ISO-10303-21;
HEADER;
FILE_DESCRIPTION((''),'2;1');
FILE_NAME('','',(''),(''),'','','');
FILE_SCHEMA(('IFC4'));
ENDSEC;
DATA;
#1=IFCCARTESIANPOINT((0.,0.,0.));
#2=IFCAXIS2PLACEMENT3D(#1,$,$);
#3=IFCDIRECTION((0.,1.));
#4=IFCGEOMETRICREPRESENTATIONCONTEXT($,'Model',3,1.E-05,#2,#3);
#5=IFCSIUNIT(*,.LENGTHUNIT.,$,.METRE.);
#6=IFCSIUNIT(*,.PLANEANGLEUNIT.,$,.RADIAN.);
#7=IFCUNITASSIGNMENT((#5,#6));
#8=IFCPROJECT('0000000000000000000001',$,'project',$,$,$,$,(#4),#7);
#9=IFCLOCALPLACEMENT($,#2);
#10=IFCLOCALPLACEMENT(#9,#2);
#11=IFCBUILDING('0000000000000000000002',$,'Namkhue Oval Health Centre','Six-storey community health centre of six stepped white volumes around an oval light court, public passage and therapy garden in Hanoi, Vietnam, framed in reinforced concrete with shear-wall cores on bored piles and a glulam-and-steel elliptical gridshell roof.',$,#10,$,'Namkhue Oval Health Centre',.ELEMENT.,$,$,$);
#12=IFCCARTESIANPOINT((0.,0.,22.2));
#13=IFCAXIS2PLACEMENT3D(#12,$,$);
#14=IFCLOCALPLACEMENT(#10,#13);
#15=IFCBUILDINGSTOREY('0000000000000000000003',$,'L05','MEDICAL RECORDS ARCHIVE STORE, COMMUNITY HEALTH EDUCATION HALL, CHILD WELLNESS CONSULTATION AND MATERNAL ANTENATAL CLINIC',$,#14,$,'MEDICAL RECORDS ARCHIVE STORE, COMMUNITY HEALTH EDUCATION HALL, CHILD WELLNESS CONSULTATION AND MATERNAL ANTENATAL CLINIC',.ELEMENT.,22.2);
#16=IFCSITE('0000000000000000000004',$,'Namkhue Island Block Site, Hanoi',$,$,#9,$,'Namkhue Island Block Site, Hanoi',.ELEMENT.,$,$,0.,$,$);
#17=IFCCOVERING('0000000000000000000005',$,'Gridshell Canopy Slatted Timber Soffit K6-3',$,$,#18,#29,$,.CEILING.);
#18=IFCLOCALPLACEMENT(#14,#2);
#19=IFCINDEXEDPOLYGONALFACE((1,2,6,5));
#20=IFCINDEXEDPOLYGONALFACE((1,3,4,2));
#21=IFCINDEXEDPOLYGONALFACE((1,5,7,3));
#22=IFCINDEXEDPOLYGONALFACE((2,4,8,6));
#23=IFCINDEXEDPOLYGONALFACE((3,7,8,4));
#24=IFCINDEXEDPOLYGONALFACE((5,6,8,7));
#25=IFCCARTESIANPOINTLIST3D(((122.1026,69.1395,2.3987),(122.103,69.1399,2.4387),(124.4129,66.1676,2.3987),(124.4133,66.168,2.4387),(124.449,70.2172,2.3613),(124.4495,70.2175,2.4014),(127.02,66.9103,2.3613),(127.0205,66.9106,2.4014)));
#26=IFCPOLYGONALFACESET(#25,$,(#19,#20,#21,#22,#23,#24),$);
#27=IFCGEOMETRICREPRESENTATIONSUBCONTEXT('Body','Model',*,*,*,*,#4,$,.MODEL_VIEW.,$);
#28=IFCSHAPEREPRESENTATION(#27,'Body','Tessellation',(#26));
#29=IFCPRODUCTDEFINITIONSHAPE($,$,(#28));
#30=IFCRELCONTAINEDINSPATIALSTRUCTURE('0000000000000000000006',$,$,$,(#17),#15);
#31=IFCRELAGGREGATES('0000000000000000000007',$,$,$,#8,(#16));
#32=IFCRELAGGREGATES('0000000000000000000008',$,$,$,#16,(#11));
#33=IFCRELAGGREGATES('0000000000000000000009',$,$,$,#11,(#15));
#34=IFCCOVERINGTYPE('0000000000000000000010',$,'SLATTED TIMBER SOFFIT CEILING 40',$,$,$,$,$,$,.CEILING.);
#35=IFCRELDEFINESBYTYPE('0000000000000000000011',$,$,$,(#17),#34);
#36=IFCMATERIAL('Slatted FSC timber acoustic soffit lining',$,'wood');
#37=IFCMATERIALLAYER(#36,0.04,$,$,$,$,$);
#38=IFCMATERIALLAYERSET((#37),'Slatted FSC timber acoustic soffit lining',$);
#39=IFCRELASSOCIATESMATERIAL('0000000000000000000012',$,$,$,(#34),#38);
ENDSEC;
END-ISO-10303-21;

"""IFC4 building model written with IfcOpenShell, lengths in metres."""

from ifc_helpers import new_model, si_unit, direction, frame, origin, place, context, subcontext, project, spatial, polyline, outline, extrude, material, layer, layer_set, type_object, element, save


model = new_model("IFC4")

# Units and contexts
model_context = context("Model", 3, precision=1e-05, world=origin(), true_north=direction((0.0, 1.0)))
body_context = subcontext(model_context, "Body", "Model", "MODEL_VIEW")
ifc_project = project(units=[si_unit("LENGTHUNIT", "METRE"), si_unit("PLANEANGLEUNIT", "RADIAN")], contexts=[model_context])

# Site, building, storey
site_placement = place(None, origin())
site = spatial("IfcSite", under=ifc_project, at=site_placement, Name="Namkhue Island Block Site, Hanoi", LongName="Namkhue Island Block Site, Hanoi", CompositionType="ELEMENT", RefElevation=0.0)
building_placement = place(site_placement, origin())
building = spatial("IfcBuilding", under=site, at=building_placement, Name="Namkhue Oval Health Centre", Description="Six-storey community health centre of six stepped white volumes around an oval light court, public passage and therapy garden in Hanoi, Vietnam, framed in reinforced concrete with shear-wall cores on bored piles and a glulam-and-steel elliptical gridshell roof.", LongName="Namkhue Oval Health Centre", CompositionType="ELEMENT")
storey_placement = place(building_placement, frame((0.0, 0.0, 22.2)))
storey = spatial("IfcBuildingStorey", under=building, at=storey_placement, Name="L05", Description="MEDICAL RECORDS ARCHIVE STORE, COMMUNITY HEALTH EDUCATION HALL, CHILD WELLNESS CONSULTATION AND MATERNAL ANTENATAL CLINIC", LongName="MEDICAL RECORDS ARCHIVE STORE, COMMUNITY HEALTH EDUCATION HALL, CHILD WELLNESS CONSULTATION AND MATERNAL ANTENATAL CLINIC", CompositionType="ELEMENT", Elevation=22.2)

# Covering
ifc_material_1 = material(Name="Slatted FSC timber acoustic soffit lining", Category="wood")
ifc_layer_1 = layer(ifc_material_1, 0.04)
ifc_layer_set_1 = layer_set([ifc_layer_1], Name="Slatted FSC timber acoustic soffit lining")
covering_type = type_object("IfcCoveringType", Name="SLATTED TIMBER SOFFIT CEILING 40", PredefinedType="CEILING", material=ifc_layer_set_1)
covering_placement = place(storey_placement, frame((127.0205, 66.9106, 2.4014), z_axis=(0.011729, 0.009118, 0.99989), x_axis=(-0.613795, 0.789465, 0.0)))
element("IfcCovering", 1, at=covering_placement, inside=storey, type_object=covering_type, Name="Gridshell Canopy Slatted Timber Soffit K6-3", PredefinedType="CEILING", context=body_context, shape_type="SweptSolid", body=[
    extrude(outline(polyline([(0.0, 0.0), (4.1888, 0.0), (4.7782, 2.5142), (1.014, 2.5144), (0.0, 0.0)])), origin(), (0.0, 0.0, -1.0), 0.04),
])

save(model, "model.ifc")
